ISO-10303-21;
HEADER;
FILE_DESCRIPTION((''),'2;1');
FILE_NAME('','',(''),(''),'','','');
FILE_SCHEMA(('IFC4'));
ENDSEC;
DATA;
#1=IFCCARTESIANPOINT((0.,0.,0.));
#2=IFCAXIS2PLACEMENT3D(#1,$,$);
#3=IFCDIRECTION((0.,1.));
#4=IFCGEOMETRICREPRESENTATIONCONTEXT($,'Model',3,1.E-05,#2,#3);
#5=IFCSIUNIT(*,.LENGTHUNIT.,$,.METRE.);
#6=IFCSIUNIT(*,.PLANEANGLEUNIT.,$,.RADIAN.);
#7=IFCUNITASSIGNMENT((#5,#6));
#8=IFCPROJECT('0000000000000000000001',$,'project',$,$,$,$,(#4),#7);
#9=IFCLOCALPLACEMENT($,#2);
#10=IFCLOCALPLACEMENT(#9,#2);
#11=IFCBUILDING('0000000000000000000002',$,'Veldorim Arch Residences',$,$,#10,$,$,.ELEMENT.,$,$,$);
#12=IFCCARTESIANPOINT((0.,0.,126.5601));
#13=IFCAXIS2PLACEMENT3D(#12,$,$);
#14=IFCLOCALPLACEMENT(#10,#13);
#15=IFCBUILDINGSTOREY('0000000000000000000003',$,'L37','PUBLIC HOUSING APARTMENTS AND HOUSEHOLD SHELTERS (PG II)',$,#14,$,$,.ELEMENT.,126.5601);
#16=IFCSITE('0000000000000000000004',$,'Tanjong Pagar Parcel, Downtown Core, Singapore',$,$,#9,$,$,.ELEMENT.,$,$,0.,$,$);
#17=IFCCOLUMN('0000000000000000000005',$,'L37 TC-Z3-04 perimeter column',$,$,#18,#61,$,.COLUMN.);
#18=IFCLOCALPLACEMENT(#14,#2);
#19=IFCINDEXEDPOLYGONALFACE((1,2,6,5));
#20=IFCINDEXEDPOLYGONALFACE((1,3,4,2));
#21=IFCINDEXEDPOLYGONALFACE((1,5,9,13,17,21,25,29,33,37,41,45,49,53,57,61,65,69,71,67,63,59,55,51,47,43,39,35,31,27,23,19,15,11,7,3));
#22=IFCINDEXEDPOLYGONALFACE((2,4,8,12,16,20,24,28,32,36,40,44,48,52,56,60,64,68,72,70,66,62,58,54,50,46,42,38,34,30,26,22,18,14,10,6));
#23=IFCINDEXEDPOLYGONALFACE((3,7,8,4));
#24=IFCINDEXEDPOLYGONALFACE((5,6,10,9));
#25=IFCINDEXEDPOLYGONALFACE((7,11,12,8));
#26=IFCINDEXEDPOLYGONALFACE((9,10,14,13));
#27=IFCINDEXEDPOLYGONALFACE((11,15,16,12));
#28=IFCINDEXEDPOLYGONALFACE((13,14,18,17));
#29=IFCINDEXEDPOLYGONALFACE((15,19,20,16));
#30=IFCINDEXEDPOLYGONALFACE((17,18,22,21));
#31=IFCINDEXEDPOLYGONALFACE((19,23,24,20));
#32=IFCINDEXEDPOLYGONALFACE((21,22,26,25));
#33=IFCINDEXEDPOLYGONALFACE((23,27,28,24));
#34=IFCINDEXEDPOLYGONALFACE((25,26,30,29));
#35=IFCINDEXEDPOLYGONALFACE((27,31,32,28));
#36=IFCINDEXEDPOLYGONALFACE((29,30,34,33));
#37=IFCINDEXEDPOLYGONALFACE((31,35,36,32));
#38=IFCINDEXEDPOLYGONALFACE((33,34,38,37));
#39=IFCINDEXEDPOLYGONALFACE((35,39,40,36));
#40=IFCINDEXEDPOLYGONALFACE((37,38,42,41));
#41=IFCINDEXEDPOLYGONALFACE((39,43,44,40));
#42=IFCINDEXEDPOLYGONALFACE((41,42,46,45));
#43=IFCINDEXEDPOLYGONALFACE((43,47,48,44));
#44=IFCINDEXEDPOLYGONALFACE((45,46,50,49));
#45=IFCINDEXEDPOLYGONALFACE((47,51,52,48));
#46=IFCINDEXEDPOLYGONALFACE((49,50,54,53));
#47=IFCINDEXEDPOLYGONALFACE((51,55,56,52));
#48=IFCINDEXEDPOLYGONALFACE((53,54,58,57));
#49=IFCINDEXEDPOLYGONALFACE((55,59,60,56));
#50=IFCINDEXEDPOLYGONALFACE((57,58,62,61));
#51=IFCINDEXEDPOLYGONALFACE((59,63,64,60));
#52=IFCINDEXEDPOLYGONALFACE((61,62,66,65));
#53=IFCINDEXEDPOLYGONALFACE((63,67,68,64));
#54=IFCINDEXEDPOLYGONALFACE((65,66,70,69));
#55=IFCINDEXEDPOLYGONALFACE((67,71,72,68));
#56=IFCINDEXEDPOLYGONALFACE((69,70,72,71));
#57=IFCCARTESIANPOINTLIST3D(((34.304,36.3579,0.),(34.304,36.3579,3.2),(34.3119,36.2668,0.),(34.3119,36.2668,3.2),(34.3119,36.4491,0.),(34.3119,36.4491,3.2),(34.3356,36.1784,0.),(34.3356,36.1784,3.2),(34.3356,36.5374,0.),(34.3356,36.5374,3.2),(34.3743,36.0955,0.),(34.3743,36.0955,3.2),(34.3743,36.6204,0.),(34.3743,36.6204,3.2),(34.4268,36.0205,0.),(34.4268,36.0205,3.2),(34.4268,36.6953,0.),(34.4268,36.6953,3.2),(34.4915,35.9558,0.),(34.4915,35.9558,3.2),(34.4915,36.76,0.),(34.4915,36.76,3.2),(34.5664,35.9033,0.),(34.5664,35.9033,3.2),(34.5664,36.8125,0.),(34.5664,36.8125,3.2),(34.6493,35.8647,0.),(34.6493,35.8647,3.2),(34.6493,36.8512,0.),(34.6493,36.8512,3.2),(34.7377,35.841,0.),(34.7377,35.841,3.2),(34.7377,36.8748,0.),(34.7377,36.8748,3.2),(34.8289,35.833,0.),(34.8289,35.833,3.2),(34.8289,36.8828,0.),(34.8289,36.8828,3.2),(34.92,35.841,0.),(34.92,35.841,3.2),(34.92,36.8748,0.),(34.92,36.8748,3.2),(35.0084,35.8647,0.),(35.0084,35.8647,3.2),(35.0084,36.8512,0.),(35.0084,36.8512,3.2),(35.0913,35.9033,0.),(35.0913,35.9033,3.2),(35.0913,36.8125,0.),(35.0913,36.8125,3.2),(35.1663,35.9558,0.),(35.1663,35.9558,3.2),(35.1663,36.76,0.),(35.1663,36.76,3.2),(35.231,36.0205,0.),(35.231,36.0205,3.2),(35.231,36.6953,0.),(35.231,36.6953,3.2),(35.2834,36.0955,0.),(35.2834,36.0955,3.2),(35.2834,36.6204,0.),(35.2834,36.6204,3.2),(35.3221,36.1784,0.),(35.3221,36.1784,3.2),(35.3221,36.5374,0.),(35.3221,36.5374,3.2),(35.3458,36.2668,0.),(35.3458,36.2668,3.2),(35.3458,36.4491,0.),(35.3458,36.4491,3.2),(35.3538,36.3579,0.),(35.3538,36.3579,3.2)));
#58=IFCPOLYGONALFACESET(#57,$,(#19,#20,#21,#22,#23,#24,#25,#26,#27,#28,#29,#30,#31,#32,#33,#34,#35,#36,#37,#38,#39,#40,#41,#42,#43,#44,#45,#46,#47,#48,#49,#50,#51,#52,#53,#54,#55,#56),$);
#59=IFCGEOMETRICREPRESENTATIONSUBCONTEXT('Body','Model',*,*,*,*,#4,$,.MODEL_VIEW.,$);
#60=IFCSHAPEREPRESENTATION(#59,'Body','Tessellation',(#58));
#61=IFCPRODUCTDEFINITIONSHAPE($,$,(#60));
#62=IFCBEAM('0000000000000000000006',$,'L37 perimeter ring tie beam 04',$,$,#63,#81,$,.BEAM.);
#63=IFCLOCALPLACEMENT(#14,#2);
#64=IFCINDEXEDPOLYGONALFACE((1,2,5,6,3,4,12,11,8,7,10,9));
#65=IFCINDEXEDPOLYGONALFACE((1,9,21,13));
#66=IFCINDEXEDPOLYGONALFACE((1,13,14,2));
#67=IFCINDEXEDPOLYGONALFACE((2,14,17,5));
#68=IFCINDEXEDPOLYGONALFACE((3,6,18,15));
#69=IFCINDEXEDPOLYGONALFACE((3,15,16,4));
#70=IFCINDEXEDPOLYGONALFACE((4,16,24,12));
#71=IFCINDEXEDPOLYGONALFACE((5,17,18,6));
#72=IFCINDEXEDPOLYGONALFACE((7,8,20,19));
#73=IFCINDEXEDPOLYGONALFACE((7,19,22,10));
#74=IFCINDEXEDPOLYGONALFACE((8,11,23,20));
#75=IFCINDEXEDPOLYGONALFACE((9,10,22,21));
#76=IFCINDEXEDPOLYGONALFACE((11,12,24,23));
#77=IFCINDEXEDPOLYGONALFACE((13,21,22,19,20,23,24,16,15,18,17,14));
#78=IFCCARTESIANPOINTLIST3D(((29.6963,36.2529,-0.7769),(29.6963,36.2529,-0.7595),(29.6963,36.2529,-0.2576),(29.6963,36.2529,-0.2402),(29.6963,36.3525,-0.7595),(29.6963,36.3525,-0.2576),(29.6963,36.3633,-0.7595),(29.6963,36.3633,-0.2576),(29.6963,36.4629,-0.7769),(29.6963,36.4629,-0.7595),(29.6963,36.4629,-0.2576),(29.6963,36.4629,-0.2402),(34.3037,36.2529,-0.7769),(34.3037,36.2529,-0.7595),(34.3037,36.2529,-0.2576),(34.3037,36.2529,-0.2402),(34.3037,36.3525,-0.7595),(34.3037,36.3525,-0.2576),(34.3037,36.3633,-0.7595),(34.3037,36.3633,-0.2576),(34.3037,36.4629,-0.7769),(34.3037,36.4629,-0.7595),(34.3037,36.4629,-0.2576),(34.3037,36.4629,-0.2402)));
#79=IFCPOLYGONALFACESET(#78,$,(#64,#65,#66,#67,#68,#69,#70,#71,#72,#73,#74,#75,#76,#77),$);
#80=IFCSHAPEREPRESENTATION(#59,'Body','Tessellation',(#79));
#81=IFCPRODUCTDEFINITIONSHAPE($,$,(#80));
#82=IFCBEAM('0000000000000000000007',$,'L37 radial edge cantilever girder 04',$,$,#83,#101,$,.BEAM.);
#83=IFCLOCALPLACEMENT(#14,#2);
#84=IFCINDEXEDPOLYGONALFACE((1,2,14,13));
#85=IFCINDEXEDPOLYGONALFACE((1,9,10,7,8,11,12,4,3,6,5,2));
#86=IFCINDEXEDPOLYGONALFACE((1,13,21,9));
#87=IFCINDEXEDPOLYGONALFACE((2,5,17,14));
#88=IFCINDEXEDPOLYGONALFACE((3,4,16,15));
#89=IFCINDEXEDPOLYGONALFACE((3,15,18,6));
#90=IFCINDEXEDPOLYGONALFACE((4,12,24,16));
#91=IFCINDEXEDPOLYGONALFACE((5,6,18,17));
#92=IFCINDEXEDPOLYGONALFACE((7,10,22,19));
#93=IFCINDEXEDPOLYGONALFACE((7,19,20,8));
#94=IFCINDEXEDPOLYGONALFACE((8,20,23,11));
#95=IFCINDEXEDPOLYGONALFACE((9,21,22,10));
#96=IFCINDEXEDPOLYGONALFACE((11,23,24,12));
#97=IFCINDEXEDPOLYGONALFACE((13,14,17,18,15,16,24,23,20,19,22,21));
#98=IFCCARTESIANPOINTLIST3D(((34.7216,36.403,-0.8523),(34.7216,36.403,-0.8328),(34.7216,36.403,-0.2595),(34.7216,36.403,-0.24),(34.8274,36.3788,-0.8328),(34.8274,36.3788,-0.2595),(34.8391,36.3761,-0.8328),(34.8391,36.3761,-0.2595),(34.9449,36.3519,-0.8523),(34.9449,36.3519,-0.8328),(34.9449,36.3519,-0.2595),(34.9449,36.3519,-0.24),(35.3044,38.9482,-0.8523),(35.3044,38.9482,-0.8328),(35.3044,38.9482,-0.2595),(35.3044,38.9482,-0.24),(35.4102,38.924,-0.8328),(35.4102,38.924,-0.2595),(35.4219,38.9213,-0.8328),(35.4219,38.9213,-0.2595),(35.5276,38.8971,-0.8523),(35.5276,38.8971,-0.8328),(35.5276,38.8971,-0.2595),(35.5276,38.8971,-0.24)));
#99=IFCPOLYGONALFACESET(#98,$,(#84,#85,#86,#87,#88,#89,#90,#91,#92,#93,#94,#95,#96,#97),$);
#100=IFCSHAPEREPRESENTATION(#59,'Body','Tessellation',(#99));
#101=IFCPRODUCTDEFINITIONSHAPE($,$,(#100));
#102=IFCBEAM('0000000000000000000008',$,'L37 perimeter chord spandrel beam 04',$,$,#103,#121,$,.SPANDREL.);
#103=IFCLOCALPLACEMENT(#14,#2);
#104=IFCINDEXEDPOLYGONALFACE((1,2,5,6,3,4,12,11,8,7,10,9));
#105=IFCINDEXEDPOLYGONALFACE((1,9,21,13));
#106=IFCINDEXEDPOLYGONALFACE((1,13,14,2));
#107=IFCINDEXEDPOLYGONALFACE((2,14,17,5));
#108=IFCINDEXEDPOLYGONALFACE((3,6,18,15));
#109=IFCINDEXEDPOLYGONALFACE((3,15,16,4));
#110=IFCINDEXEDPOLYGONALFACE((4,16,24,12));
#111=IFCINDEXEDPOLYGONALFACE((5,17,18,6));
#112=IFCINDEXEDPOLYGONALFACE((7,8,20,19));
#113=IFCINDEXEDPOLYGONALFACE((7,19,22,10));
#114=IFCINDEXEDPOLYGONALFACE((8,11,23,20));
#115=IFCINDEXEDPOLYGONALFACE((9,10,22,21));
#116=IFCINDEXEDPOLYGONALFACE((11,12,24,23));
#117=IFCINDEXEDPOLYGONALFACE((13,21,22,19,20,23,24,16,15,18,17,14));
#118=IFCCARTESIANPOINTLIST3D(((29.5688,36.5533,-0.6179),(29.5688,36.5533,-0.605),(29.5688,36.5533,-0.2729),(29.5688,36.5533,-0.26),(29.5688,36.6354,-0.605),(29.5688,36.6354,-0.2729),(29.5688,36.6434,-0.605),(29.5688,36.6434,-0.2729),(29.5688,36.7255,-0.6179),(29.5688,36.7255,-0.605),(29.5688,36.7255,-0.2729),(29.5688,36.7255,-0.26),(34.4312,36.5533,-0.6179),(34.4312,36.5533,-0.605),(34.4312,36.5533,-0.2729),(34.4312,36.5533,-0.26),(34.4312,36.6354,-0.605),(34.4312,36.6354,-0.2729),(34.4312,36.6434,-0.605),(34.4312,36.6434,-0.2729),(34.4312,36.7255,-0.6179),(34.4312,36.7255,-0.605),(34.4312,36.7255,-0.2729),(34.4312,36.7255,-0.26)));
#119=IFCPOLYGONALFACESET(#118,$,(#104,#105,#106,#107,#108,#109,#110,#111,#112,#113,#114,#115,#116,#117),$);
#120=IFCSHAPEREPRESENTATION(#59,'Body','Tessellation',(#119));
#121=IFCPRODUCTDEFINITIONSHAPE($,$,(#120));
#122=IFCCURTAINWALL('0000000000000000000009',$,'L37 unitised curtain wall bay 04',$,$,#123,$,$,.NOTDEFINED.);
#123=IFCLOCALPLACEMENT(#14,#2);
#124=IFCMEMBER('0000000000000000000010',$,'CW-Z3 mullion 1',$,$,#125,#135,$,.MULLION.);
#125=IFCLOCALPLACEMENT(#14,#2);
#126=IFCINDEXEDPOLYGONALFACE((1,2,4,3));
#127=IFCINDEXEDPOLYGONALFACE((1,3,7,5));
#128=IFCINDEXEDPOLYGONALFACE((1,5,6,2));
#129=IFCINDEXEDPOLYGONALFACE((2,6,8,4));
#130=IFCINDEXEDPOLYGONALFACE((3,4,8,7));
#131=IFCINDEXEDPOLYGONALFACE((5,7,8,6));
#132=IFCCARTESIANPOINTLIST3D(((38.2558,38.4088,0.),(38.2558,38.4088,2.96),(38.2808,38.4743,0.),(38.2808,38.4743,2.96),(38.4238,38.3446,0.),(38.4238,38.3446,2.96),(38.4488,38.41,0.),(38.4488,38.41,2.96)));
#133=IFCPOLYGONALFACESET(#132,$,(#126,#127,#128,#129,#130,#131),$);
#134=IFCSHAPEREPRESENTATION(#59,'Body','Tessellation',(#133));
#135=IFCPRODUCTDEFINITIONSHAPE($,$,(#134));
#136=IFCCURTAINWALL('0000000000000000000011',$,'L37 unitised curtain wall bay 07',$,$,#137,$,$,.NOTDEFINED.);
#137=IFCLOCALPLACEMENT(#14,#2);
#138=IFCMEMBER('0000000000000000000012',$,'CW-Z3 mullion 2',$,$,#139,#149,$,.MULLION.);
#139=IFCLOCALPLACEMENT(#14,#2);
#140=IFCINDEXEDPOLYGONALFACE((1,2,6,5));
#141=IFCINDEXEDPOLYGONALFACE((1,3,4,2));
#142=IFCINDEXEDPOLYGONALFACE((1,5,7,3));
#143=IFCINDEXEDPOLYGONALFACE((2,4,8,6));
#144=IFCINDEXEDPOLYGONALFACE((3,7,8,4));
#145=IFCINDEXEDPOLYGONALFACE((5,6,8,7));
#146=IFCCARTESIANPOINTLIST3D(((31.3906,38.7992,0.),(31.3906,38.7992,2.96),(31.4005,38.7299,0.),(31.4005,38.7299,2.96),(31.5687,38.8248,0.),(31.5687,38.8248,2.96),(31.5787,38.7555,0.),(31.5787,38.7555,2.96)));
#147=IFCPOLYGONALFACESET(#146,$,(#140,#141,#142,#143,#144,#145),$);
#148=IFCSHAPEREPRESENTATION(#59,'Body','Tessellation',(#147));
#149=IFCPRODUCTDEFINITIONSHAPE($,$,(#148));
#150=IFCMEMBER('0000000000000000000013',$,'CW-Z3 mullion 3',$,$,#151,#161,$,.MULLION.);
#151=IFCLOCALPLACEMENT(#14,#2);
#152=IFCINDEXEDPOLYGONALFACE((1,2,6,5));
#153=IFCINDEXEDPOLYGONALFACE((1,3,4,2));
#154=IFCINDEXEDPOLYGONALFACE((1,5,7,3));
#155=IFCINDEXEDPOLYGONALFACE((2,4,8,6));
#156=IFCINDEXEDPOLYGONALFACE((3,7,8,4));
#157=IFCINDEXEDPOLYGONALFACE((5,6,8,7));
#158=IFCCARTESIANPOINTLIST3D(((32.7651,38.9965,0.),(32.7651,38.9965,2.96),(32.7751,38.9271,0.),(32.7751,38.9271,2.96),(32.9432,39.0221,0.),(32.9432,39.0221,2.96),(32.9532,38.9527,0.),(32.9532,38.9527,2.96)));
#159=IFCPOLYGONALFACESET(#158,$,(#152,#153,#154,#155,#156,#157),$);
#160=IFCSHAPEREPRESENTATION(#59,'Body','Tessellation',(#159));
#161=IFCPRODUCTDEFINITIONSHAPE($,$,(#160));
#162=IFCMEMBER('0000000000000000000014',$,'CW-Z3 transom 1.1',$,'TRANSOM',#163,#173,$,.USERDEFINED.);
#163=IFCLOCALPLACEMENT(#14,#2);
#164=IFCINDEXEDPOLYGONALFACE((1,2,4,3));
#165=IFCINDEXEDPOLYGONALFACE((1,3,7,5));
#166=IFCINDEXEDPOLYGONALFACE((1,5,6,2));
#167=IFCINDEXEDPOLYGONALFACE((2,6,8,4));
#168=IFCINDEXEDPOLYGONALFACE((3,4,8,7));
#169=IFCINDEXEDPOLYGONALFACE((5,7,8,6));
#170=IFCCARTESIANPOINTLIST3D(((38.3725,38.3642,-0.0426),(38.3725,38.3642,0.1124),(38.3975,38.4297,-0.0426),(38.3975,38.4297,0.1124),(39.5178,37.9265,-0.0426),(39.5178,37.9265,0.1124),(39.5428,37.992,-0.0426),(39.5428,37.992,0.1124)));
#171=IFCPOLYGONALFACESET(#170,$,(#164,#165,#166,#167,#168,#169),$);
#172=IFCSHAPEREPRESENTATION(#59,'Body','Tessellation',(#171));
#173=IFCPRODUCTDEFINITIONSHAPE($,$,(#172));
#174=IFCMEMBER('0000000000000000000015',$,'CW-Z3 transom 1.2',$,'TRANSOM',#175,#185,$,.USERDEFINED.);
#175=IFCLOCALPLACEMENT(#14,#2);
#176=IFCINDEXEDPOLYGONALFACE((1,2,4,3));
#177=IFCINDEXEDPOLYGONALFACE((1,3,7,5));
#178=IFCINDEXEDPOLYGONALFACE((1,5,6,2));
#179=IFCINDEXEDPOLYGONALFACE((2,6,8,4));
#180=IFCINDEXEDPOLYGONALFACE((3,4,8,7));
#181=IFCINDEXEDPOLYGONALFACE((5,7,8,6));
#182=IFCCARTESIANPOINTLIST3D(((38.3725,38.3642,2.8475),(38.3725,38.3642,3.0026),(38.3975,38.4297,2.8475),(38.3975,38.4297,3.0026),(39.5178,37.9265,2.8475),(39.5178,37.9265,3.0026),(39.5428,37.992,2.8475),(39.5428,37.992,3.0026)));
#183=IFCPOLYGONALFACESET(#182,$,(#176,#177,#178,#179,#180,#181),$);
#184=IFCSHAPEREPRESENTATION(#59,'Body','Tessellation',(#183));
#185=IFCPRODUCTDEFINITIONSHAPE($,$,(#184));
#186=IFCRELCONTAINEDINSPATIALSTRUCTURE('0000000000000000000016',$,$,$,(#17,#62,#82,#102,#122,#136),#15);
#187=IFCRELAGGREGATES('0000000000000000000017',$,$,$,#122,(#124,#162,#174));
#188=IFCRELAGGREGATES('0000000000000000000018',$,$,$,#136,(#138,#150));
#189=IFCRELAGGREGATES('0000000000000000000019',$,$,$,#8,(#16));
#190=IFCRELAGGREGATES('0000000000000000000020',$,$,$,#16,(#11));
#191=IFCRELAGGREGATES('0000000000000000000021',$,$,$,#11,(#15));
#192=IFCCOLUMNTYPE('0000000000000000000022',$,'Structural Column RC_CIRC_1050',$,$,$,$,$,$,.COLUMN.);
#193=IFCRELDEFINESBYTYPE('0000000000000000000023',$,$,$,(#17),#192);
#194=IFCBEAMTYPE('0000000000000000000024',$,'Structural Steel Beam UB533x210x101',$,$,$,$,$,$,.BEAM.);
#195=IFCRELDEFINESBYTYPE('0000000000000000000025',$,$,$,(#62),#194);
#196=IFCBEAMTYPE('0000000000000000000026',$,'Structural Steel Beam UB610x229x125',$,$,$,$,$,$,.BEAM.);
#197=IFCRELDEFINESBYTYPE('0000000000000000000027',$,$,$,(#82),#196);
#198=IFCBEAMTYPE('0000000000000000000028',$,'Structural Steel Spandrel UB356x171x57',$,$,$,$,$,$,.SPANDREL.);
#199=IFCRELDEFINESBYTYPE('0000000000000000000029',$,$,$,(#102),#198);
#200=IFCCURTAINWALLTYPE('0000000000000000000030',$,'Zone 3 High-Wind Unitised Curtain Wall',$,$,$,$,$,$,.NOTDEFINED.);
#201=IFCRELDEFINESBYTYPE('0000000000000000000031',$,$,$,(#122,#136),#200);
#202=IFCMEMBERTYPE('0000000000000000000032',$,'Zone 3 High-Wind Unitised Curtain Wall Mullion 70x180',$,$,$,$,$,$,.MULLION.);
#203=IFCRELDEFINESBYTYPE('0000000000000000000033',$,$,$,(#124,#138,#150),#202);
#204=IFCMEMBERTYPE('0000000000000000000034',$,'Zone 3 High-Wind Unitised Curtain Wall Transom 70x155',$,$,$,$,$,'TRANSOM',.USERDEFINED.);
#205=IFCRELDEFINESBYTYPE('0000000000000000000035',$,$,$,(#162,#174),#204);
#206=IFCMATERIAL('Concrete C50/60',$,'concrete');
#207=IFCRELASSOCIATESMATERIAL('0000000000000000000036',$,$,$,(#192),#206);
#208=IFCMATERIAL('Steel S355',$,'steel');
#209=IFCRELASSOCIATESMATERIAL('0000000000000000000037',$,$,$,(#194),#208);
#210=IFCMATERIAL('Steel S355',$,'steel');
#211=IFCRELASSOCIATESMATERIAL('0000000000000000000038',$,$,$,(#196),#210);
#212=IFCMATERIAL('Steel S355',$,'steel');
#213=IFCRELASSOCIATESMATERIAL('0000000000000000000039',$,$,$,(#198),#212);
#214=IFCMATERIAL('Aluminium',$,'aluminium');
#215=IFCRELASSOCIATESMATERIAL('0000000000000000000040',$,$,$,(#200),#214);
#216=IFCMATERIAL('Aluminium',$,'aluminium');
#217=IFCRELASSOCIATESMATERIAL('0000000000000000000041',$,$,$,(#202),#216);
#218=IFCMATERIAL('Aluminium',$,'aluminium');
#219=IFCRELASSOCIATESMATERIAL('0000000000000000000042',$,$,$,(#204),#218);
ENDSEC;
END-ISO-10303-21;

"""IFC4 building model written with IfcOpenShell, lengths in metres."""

from ifc_helpers import new_model, si_unit, direction, frame, origin, origin_2d, place, context, subcontext, project, spatial, rectangle, circle, i_section, extrude, material, material_profile, profile_set, type_object, element, aggregate, save


model = new_model("IFC4")

# Units and contexts
model_context = context("Model", 3, precision=1e-05, world=origin(), true_north=direction((0.0, 1.0)))
body_context = subcontext(model_context, "Body", "Model", "MODEL_VIEW")
ifc_project = project(units=[si_unit("LENGTHUNIT", "METRE"), si_unit("PLANEANGLEUNIT", "RADIAN")], contexts=[model_context])

# Site, building, storey
site_placement = place(None, origin())
site = spatial("IfcSite", under=ifc_project, at=site_placement, Name="Tanjong Pagar Parcel, Downtown Core, Singapore", CompositionType="ELEMENT", RefElevation=0.0)
building_placement = place(site_placement, origin())
building = spatial("IfcBuilding", under=site, at=building_placement, Name="Veldorim Arch Residences", CompositionType="ELEMENT")
storey_placement = place(building_placement, frame((0.0, 0.0, 126.5601)))
storey = spatial("IfcBuildingStorey", under=building, at=storey_placement, Name="L37", Description="PUBLIC HOUSING APARTMENTS AND HOUSEHOLD SHELTERS (PG II)", CompositionType="ELEMENT", Elevation=126.5601)

# Column
ifc_material_1 = material(Name="Concrete C50/60", Category="concrete")
ifc_material_profile_1 = material_profile(ifc_material_1, circle(Radius=0.5249, at=origin_2d()), Name="RC_CIRC_1050")
ifc_profile_set_1 = profile_set([ifc_material_profile_1], Name="Concrete C50/60")
column_type = type_object("IfcColumnType", Name="Structural Column RC_CIRC_1050", PredefinedType="COLUMN", material=ifc_profile_set_1)
column_placement = place(storey_placement, frame((34.8289, 36.3579, 0.0), z_axis=(0.0, 0.0, 1.0), x_axis=(1.0, 0.0, 0.0)))
element("IfcColumn", 1, at=column_placement, inside=storey, type_object=column_type, Name="L37 TC-Z3-04 perimeter column", PredefinedType="COLUMN", context=body_context, shape_type="SweptSolid", body=[
    extrude(circle(Radius=0.5249, at=origin_2d()), origin(), (0.0, 0.0, 1.0), 3.2),
])

# Beams
ifc_material_2 = material(Name="Steel S355", Category="steel")
ifc_material_profile_2 = material_profile(ifc_material_2, i_section(OverallWidth=0.21, OverallDepth=0.5366, WebThickness=0.0107, FlangeThickness=0.0173, at=origin_2d()), Name="UB533x210x101")
ifc_profile_set_2 = profile_set([ifc_material_profile_2], Name="Steel S355")
beam_type_1 = type_object("IfcBeamType", Name="Structural Steel Beam UB533x210x101", PredefinedType="BEAM", material=ifc_profile_set_2)
beam_1_placement = place(storey_placement, frame((34.3037, 36.3579, -0.5085), z_axis=(-1.0, 0.0, 0.0), x_axis=(0.0, -1.0, 0.0)))
element("IfcBeam", 2, at=beam_1_placement, inside=storey, type_object=beam_type_1, Name="L37 perimeter ring tie beam 04", PredefinedType="BEAM", context=body_context, shape_type="SweptSolid", body=[
    extrude(i_section(OverallWidth=0.21, OverallDepth=0.5366, WebThickness=0.0107, FlangeThickness=0.0173, at=origin_2d()), origin(), (0.0, 0.0, 1.0), 4.6074),
])
ifc_material_3 = material(Name="Steel S355", Category="steel")
ifc_material_profile_3 = material_profile(ifc_material_3, i_section(OverallWidth=0.229, OverallDepth=0.6123, WebThickness=0.012, FlangeThickness=0.0195, at=origin_2d()), Name="UB610x229x125")
ifc_profile_set_3 = profile_set([ifc_material_profile_3], Name="Steel S355")
beam_type_2 = type_object("IfcBeamType", Name="Structural Steel Beam UB610x229x125", PredefinedType="BEAM", material=ifc_profile_set_3)
beam_2_placement = place(storey_placement, frame((34.8333, 36.3774, -0.5461), z_axis=(0.223193, 0.974774, 0.0), x_axis=(-0.974774, 0.223193, 0.0)))
element("IfcBeam", 3, at=beam_2_placement, inside=storey, type_object=beam_type_2, Name="L37 radial edge cantilever girder 04", PredefinedType="BEAM", context=body_context, shape_type="SweptSolid", body=[
    extrude(i_section(OverallWidth=0.229, OverallDepth=0.6123, WebThickness=0.012, FlangeThickness=0.0195, at=origin_2d()), origin(), (0.0, 0.0, 1.0), 2.6111),
])
ifc_material_4 = material(Name="Steel S355", Category="steel")
ifc_material_profile_4 = material_profile(ifc_material_4, i_section(OverallWidth=0.1721, OverallDepth=0.3579, WebThickness=0.0081, FlangeThickness=0.0129, at=origin_2d()), Name="UB356x171x57")
ifc_profile_set_4 = profile_set([ifc_material_profile_4], Name="Steel S355")
beam_type_3 = type_object("IfcBeamType", Name="Structural Steel Spandrel UB356x171x57", PredefinedType="SPANDREL", material=ifc_profile_set_4)
beam_3_placement = place(storey_placement, frame((34.4312, 36.6394, -0.439), z_axis=(-1.0, 0.0, 0.0), x_axis=(0.0, -1.0, 0.0)))
element("IfcBeam", 4, at=beam_3_placement, inside=storey, type_object=beam_type_3, Name="L37 perimeter chord spandrel beam 04", PredefinedType="SPANDREL", context=body_context, shape_type="SweptSolid", body=[
    extrude(i_section(OverallWidth=0.1721, OverallDepth=0.3579, WebThickness=0.0081, FlangeThickness=0.0129, at=origin_2d()), origin(), (0.0, 0.0, 1.0), 4.8623),
])

# Curtain wall, member
ifc_material_5 = material(Name="Aluminium", Category="aluminium")
curtain_wall_type = type_object("IfcCurtainWallType", Name="Zone 3 High-Wind Unitised Curtain Wall", PredefinedType="NOTDEFINED", material=ifc_material_5)
curtain_wall_1_placement = place(storey_placement, origin())
curtain_wall_1 = element("IfcCurtainWall", 5, at=curtain_wall_1_placement, inside=storey, type_object=curtain_wall_type, Name="L37 unitised curtain wall bay 04", PredefinedType="NOTDEFINED")
ifc_material_6 = material(Name="Aluminium", Category="aluminium")
ifc_material_profile_5 = material_profile(ifc_material_6, rectangle(XDim=0.0701, YDim=0.1799, at=origin_2d()), Name="ALU_MUL_70x180")
ifc_profile_set_5 = profile_set([ifc_material_profile_5], Name="Aluminium")
member_type_1 = type_object("IfcMemberType", Name="Zone 3 High-Wind Unitised Curtain Wall Mullion 70x180", PredefinedType="MULLION", material=ifc_profile_set_5)
member_1_placement = place(storey_placement, frame((38.3523, 38.4094, 0.0), z_axis=(0.0, 0.0, 1.0), x_axis=(0.356987, 0.934109, 0.0)))
member_1 = element("IfcMember", 6, at=member_1_placement, type_object=member_type_1, Name="CW-Z3 mullion 1", PredefinedType="MULLION", context=body_context, shape_type="SweptSolid", body=[
    extrude(rectangle(XDim=0.0701, YDim=0.1799, at=origin_2d()), origin(), (0.0, 0.0, 1.0), 2.96),
])

# Curtain wall, members
curtain_wall_2_placement = place(storey_placement, origin())
curtain_wall_2 = element("IfcCurtainWall", 7, at=curtain_wall_2_placement, inside=storey, type_object=curtain_wall_type, Name="L37 unitised curtain wall bay 07", PredefinedType="NOTDEFINED")
member_2_placement = place(storey_placement, frame((31.4846, 38.7773, 0.0), z_axis=(0.0, 0.0, 1.0), x_axis=(-0.14212, 0.989849, 0.0)))
member_2 = element("IfcMember", 8, at=member_2_placement, type_object=member_type_1, Name="CW-Z3 mullion 2", PredefinedType="MULLION", context=body_context, shape_type="SweptSolid", body=[
    extrude(rectangle(XDim=0.0701, YDim=0.1799, at=origin_2d()), origin(), (0.0, 0.0, 1.0), 2.96),
])
member_3_placement = place(storey_placement, frame((32.8591, 38.9746, 0.0), z_axis=(0.0, 0.0, 1.0), x_axis=(-0.14212, 0.989849, 0.0)))
member_3 = element("IfcMember", 9, at=member_3_placement, type_object=member_type_1, Name="CW-Z3 mullion 3", PredefinedType="MULLION", context=body_context, shape_type="SweptSolid", body=[
    extrude(rectangle(XDim=0.0701, YDim=0.1799, at=origin_2d()), origin(), (0.0, 0.0, 1.0), 2.96),
])

# Members
ifc_material_7 = material(Name="Aluminium", Category="aluminium")
ifc_material_profile_6 = material_profile(ifc_material_7, rectangle(XDim=0.0701, YDim=0.155, at=origin_2d()), Name="ALU_TRN_70x155")
ifc_profile_set_6 = profile_set([ifc_material_profile_6], Name="Aluminium")
member_type_2 = type_object("IfcMemberType", Name="Zone 3 High-Wind Unitised Curtain Wall Transom 70x155", ElementType="TRANSOM", PredefinedType="USERDEFINED", material=ifc_profile_set_6)
member_4_placement = place(storey_placement, frame((38.385, 38.397, 0.0349), z_axis=(0.934093, -0.35703, 0.0), x_axis=(0.35703, 0.934093, 0.0)))
member_4 = element("IfcMember", 10, at=member_4_placement, type_object=member_type_2, Name="CW-Z3 transom 1.1", ObjectType="TRANSOM", PredefinedType="USERDEFINED", context=body_context, shape_type="SweptSolid", body=[
    extrude(rectangle(XDim=0.0701, YDim=0.155, at=origin_2d()), origin(), (0.0, 0.0, 1.0), 1.2261),
])
member_5_placement = place(storey_placement, frame((38.385, 38.397, 2.925), z_axis=(0.934093, -0.35703, 0.0), x_axis=(0.35703, 0.934093, 0.0)))
member_5 = element("IfcMember", 11, at=member_5_placement, type_object=member_type_2, Name="CW-Z3 transom 1.2", ObjectType="TRANSOM", PredefinedType="USERDEFINED", context=body_context, shape_type="SweptSolid", body=[
    extrude(rectangle(XDim=0.0701, YDim=0.155, at=origin_2d()), origin(), (0.0, 0.0, 1.0), 1.2261),
])

aggregate(curtain_wall_1, [member_1, member_4, member_5])
aggregate(curtain_wall_2, [member_2, member_3])

save(model, "model.ifc")
